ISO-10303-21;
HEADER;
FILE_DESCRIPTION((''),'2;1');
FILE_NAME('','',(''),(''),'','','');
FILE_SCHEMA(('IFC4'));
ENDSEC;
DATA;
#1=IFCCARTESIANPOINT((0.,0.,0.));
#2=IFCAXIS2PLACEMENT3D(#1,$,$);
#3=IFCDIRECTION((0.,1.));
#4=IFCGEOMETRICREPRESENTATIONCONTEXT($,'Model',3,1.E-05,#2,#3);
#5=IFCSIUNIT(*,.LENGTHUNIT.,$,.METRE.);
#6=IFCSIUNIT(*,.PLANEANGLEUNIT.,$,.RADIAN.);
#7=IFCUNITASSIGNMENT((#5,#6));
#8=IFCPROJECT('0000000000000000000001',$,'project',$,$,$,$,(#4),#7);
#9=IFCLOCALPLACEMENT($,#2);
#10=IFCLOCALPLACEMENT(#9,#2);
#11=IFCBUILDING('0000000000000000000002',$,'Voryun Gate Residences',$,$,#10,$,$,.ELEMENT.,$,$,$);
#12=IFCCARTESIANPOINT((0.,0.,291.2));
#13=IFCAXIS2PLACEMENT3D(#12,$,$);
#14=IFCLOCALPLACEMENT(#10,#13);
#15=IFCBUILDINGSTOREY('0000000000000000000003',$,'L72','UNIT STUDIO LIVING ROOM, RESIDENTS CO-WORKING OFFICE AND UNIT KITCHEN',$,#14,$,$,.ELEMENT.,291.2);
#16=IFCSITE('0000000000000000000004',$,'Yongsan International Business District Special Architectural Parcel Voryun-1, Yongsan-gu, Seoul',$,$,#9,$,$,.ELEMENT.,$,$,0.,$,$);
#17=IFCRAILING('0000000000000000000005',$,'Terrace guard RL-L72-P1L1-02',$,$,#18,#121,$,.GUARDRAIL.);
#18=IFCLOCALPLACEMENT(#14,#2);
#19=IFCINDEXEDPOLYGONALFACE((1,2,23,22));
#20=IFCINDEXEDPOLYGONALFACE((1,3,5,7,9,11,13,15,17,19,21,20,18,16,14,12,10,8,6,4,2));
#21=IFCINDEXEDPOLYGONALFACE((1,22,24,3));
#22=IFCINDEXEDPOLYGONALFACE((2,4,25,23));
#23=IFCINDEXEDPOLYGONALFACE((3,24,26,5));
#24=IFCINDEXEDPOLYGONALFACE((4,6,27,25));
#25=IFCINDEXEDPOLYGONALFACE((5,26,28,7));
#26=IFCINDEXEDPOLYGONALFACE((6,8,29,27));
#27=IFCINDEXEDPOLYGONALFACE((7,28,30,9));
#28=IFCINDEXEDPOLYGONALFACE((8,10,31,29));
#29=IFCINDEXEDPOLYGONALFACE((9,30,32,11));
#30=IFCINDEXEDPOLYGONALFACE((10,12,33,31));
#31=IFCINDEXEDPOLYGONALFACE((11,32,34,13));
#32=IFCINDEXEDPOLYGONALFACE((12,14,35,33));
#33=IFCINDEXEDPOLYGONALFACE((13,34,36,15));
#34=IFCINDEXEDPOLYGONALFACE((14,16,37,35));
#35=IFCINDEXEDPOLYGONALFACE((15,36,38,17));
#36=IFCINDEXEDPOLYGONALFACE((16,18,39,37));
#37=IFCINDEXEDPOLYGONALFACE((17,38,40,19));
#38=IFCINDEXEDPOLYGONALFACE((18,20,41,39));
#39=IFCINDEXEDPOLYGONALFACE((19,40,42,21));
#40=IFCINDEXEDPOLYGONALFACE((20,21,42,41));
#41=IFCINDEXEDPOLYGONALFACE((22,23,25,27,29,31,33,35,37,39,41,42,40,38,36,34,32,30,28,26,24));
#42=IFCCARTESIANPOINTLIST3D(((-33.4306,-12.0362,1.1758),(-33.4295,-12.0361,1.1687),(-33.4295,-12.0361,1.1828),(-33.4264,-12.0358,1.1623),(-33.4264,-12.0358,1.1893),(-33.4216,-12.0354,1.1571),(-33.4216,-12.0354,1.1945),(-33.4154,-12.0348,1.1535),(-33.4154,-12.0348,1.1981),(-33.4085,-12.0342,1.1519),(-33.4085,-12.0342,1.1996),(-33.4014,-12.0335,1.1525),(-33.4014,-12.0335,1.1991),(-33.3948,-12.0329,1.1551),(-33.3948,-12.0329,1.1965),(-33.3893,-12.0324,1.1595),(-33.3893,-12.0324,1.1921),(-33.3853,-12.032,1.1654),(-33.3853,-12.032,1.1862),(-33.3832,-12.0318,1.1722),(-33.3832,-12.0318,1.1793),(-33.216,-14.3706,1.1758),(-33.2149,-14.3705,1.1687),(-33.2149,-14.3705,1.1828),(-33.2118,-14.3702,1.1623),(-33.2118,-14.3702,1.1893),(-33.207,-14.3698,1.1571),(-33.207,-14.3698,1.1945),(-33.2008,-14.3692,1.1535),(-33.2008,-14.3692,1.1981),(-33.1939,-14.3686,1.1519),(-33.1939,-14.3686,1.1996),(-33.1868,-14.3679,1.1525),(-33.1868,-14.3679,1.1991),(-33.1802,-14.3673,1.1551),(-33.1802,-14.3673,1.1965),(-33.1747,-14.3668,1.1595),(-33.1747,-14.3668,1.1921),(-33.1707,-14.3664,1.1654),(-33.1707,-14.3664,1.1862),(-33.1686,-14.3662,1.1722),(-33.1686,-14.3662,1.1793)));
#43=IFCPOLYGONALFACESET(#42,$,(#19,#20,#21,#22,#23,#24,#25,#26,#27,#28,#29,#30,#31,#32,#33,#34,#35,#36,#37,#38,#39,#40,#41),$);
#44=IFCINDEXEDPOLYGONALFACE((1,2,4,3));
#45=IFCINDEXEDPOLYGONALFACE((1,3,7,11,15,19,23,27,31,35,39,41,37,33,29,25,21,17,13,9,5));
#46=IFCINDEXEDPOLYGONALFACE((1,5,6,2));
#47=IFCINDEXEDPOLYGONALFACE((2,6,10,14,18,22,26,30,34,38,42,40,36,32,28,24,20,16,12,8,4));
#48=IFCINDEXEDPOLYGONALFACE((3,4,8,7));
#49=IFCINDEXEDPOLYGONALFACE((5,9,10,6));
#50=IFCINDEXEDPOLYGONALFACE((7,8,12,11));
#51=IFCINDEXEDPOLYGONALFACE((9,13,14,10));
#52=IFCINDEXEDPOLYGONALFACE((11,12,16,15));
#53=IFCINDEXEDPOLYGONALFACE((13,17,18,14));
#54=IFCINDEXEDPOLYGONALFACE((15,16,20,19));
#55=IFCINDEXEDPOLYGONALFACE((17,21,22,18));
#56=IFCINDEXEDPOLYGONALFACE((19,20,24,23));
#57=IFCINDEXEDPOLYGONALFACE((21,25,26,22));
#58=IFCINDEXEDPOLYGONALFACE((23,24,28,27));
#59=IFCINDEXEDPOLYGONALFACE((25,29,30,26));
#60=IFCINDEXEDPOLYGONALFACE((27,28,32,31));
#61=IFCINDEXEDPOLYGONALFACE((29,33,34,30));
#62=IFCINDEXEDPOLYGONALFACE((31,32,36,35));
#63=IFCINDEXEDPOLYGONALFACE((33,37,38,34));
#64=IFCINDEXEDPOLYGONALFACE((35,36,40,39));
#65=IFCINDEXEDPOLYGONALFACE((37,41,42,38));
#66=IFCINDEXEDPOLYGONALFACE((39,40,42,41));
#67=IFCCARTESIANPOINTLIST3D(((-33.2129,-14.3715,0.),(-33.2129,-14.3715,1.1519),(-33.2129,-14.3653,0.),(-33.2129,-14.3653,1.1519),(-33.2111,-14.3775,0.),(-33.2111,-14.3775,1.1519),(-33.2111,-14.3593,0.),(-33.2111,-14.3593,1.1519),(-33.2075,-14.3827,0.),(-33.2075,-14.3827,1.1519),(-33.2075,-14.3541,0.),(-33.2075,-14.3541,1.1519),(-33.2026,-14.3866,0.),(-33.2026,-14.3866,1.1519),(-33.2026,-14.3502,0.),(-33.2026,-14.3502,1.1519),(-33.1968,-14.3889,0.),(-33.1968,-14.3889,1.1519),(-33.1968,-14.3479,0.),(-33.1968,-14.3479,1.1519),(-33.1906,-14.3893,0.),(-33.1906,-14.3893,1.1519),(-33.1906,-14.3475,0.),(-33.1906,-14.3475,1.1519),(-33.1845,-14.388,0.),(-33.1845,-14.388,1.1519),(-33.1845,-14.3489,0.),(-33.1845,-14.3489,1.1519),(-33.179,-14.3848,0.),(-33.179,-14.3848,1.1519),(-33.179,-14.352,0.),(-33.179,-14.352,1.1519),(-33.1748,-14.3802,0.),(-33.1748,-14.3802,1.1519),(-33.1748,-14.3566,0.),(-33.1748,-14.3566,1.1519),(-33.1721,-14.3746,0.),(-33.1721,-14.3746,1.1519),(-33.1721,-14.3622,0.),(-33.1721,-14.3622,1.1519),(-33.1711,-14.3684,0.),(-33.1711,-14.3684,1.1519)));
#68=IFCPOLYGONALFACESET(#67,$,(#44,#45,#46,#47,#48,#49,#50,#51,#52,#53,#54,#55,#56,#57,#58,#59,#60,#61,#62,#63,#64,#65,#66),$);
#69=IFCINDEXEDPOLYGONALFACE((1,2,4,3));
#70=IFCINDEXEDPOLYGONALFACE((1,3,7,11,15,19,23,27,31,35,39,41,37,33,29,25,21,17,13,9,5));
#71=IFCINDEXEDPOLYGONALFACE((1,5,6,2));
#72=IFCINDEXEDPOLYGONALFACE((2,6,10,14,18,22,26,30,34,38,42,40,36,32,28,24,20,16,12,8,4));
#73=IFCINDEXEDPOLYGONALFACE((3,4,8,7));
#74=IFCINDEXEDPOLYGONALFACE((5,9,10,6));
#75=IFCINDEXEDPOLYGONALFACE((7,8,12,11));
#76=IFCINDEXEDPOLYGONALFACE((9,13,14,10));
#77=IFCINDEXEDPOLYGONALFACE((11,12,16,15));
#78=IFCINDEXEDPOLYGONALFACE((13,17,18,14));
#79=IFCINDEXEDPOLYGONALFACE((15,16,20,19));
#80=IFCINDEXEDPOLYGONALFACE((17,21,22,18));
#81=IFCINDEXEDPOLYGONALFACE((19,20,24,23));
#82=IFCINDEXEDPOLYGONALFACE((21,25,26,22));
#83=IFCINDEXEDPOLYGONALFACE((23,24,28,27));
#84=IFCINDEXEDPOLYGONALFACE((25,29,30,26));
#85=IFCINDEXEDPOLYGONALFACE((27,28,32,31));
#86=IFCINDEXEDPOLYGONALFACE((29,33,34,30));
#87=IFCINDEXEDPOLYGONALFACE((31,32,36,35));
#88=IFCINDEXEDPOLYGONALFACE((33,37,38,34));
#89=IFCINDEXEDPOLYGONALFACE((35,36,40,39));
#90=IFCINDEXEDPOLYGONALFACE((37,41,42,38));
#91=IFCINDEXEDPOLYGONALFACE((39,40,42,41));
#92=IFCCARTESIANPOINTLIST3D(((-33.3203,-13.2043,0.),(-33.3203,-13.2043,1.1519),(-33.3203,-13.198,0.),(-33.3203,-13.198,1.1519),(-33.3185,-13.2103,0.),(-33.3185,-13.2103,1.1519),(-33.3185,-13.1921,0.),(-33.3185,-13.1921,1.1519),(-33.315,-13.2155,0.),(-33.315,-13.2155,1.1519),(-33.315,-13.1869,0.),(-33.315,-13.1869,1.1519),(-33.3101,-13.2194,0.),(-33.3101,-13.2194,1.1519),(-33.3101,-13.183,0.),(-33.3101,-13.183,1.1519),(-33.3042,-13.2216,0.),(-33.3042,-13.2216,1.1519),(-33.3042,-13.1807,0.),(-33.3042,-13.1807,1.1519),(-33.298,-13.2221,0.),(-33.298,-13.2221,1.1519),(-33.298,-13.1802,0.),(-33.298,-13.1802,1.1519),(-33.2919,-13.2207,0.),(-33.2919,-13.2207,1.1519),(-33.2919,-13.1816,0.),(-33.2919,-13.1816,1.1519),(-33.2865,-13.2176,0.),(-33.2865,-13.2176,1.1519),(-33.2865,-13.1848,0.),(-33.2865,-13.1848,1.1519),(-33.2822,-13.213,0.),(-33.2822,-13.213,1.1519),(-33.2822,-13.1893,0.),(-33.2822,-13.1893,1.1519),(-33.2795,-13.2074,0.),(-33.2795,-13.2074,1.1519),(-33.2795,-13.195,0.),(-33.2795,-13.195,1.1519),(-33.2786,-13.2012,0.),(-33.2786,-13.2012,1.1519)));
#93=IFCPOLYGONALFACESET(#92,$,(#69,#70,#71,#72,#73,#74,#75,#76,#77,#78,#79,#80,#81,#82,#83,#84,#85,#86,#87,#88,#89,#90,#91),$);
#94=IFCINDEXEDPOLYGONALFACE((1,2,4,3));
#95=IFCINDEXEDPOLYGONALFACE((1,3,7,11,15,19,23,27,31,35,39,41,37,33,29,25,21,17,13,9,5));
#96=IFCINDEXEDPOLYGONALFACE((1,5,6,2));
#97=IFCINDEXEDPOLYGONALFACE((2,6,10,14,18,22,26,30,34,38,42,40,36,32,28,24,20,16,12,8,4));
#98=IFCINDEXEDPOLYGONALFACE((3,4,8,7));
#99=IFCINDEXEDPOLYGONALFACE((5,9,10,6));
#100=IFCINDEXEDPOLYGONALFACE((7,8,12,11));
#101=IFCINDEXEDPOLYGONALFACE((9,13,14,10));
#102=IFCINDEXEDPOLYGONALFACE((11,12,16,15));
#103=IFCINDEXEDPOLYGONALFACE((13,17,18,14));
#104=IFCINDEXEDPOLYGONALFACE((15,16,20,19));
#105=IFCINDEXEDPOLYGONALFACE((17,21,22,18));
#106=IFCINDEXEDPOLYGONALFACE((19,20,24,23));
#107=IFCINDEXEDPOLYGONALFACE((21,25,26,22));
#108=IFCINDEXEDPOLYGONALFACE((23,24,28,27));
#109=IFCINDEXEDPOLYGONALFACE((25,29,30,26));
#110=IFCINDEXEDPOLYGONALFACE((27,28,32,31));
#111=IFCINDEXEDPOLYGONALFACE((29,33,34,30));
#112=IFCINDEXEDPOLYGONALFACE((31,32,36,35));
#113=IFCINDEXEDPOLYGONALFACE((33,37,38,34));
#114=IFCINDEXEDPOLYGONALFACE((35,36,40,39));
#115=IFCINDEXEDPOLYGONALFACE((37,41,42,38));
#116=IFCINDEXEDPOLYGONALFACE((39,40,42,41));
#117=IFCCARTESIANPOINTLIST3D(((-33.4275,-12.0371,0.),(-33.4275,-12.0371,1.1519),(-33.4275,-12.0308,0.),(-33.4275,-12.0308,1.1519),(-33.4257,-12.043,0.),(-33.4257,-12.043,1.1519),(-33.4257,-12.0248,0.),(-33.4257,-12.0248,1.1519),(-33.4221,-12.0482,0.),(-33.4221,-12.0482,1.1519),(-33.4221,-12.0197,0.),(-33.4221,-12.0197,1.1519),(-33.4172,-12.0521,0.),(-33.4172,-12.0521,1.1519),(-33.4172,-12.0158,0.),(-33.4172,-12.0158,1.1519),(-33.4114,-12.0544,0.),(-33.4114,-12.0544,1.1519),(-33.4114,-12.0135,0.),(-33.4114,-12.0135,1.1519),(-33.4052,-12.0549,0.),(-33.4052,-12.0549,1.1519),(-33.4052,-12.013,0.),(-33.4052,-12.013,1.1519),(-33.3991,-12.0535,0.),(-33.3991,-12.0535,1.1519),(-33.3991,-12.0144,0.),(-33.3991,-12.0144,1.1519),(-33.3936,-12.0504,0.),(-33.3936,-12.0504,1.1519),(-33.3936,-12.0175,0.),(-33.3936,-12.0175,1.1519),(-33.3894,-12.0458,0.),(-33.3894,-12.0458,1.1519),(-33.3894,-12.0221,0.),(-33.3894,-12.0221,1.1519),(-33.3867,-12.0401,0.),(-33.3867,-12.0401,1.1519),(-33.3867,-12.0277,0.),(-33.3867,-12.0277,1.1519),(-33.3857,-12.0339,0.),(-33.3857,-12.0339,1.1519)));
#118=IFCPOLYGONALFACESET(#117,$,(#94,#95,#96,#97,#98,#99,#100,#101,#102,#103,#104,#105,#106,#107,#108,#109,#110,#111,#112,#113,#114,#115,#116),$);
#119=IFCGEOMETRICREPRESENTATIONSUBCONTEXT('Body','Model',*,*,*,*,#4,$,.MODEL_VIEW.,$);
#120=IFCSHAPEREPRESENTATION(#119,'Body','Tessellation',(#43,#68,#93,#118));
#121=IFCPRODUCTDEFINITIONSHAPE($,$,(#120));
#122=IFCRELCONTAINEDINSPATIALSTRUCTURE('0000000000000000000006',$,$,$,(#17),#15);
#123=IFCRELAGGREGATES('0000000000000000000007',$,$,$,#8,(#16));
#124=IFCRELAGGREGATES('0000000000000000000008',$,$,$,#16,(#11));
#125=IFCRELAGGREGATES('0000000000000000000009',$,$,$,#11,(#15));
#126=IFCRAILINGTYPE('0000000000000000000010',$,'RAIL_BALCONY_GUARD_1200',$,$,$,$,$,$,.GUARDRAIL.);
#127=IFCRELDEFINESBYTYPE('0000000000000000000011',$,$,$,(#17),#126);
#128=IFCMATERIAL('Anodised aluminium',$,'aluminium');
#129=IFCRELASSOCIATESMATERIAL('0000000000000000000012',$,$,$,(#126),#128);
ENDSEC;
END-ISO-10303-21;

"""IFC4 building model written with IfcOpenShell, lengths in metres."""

from ifc_helpers import new_model, si_unit, direction, frame, origin, origin_2d, place, context, subcontext, project, spatial, circle, extrude, material, type_object, element, save


model = new_model("IFC4")

# Units and contexts
model_context = context("Model", 3, precision=1e-05, world=origin(), true_north=direction((0.0, 1.0)))
body_context = subcontext(model_context, "Body", "Model", "MODEL_VIEW")
ifc_project = project(units=[si_unit("LENGTHUNIT", "METRE"), si_unit("PLANEANGLEUNIT", "RADIAN")], contexts=[model_context])

# Site, building, storey
site_placement = place(None, origin())
site = spatial("IfcSite", under=ifc_project, at=site_placement, Name="Yongsan International Business District Special Architectural Parcel Voryun-1, Yongsan-gu, Seoul", CompositionType="ELEMENT", RefElevation=0.0)
building_placement = place(site_placement, origin())
building = spatial("IfcBuilding", under=site, at=building_placement, Name="Voryun Gate Residences", CompositionType="ELEMENT")
storey_placement = place(building_placement, frame((0.0, 0.0, 291.2)))
storey = spatial("IfcBuildingStorey", under=building, at=storey_placement, Name="L72", Description="UNIT STUDIO LIVING ROOM, RESIDENTS CO-WORKING OFFICE AND UNIT KITCHEN", CompositionType="ELEMENT", Elevation=291.2)

# Railing
ifc_material_1 = material(Name="Anodised aluminium", Category="aluminium")
railing_type = type_object("IfcRailingType", Name="RAIL_BALCONY_GUARD_1200", PredefinedType="GUARDRAIL", material=ifc_material_1)
railing_1_placement = place(storey_placement, frame((-33.1921, -14.3684, 0.0)))
element("IfcRailing", 1, at=railing_1_placement, inside=storey, type_object=railing_type, Name="Terrace guard RL-L72-P1L1-02", PredefinedType="GUARDRAIL", context=body_context, shape_type="SweptSolid", body=[
    extrude(circle(Radius=0.0239, at=origin_2d()), frame((0.0, 0.0, 1.1758), z_axis=(-0.09154, 0.995801, 0.0), x_axis=(-0.995801, -0.09154, 0.0)), (0.0, 0.0, 1.0), 2.3442),
    extrude(circle(Radius=0.021, at=origin_2d()), origin(), (0.0, 0.0, 1.0), 1.1519),
    extrude(circle(Radius=0.021, at=origin_2d()), frame((-0.1074, 1.1672, 0.0)), (0.0, 0.0, 1.0), 1.1519),
    extrude(circle(Radius=0.021, at=origin_2d()), frame((-0.2146, 2.3345, 0.0)), (0.0, 0.0, 1.0), 1.1519),
])

save(model, "model.ifc")
